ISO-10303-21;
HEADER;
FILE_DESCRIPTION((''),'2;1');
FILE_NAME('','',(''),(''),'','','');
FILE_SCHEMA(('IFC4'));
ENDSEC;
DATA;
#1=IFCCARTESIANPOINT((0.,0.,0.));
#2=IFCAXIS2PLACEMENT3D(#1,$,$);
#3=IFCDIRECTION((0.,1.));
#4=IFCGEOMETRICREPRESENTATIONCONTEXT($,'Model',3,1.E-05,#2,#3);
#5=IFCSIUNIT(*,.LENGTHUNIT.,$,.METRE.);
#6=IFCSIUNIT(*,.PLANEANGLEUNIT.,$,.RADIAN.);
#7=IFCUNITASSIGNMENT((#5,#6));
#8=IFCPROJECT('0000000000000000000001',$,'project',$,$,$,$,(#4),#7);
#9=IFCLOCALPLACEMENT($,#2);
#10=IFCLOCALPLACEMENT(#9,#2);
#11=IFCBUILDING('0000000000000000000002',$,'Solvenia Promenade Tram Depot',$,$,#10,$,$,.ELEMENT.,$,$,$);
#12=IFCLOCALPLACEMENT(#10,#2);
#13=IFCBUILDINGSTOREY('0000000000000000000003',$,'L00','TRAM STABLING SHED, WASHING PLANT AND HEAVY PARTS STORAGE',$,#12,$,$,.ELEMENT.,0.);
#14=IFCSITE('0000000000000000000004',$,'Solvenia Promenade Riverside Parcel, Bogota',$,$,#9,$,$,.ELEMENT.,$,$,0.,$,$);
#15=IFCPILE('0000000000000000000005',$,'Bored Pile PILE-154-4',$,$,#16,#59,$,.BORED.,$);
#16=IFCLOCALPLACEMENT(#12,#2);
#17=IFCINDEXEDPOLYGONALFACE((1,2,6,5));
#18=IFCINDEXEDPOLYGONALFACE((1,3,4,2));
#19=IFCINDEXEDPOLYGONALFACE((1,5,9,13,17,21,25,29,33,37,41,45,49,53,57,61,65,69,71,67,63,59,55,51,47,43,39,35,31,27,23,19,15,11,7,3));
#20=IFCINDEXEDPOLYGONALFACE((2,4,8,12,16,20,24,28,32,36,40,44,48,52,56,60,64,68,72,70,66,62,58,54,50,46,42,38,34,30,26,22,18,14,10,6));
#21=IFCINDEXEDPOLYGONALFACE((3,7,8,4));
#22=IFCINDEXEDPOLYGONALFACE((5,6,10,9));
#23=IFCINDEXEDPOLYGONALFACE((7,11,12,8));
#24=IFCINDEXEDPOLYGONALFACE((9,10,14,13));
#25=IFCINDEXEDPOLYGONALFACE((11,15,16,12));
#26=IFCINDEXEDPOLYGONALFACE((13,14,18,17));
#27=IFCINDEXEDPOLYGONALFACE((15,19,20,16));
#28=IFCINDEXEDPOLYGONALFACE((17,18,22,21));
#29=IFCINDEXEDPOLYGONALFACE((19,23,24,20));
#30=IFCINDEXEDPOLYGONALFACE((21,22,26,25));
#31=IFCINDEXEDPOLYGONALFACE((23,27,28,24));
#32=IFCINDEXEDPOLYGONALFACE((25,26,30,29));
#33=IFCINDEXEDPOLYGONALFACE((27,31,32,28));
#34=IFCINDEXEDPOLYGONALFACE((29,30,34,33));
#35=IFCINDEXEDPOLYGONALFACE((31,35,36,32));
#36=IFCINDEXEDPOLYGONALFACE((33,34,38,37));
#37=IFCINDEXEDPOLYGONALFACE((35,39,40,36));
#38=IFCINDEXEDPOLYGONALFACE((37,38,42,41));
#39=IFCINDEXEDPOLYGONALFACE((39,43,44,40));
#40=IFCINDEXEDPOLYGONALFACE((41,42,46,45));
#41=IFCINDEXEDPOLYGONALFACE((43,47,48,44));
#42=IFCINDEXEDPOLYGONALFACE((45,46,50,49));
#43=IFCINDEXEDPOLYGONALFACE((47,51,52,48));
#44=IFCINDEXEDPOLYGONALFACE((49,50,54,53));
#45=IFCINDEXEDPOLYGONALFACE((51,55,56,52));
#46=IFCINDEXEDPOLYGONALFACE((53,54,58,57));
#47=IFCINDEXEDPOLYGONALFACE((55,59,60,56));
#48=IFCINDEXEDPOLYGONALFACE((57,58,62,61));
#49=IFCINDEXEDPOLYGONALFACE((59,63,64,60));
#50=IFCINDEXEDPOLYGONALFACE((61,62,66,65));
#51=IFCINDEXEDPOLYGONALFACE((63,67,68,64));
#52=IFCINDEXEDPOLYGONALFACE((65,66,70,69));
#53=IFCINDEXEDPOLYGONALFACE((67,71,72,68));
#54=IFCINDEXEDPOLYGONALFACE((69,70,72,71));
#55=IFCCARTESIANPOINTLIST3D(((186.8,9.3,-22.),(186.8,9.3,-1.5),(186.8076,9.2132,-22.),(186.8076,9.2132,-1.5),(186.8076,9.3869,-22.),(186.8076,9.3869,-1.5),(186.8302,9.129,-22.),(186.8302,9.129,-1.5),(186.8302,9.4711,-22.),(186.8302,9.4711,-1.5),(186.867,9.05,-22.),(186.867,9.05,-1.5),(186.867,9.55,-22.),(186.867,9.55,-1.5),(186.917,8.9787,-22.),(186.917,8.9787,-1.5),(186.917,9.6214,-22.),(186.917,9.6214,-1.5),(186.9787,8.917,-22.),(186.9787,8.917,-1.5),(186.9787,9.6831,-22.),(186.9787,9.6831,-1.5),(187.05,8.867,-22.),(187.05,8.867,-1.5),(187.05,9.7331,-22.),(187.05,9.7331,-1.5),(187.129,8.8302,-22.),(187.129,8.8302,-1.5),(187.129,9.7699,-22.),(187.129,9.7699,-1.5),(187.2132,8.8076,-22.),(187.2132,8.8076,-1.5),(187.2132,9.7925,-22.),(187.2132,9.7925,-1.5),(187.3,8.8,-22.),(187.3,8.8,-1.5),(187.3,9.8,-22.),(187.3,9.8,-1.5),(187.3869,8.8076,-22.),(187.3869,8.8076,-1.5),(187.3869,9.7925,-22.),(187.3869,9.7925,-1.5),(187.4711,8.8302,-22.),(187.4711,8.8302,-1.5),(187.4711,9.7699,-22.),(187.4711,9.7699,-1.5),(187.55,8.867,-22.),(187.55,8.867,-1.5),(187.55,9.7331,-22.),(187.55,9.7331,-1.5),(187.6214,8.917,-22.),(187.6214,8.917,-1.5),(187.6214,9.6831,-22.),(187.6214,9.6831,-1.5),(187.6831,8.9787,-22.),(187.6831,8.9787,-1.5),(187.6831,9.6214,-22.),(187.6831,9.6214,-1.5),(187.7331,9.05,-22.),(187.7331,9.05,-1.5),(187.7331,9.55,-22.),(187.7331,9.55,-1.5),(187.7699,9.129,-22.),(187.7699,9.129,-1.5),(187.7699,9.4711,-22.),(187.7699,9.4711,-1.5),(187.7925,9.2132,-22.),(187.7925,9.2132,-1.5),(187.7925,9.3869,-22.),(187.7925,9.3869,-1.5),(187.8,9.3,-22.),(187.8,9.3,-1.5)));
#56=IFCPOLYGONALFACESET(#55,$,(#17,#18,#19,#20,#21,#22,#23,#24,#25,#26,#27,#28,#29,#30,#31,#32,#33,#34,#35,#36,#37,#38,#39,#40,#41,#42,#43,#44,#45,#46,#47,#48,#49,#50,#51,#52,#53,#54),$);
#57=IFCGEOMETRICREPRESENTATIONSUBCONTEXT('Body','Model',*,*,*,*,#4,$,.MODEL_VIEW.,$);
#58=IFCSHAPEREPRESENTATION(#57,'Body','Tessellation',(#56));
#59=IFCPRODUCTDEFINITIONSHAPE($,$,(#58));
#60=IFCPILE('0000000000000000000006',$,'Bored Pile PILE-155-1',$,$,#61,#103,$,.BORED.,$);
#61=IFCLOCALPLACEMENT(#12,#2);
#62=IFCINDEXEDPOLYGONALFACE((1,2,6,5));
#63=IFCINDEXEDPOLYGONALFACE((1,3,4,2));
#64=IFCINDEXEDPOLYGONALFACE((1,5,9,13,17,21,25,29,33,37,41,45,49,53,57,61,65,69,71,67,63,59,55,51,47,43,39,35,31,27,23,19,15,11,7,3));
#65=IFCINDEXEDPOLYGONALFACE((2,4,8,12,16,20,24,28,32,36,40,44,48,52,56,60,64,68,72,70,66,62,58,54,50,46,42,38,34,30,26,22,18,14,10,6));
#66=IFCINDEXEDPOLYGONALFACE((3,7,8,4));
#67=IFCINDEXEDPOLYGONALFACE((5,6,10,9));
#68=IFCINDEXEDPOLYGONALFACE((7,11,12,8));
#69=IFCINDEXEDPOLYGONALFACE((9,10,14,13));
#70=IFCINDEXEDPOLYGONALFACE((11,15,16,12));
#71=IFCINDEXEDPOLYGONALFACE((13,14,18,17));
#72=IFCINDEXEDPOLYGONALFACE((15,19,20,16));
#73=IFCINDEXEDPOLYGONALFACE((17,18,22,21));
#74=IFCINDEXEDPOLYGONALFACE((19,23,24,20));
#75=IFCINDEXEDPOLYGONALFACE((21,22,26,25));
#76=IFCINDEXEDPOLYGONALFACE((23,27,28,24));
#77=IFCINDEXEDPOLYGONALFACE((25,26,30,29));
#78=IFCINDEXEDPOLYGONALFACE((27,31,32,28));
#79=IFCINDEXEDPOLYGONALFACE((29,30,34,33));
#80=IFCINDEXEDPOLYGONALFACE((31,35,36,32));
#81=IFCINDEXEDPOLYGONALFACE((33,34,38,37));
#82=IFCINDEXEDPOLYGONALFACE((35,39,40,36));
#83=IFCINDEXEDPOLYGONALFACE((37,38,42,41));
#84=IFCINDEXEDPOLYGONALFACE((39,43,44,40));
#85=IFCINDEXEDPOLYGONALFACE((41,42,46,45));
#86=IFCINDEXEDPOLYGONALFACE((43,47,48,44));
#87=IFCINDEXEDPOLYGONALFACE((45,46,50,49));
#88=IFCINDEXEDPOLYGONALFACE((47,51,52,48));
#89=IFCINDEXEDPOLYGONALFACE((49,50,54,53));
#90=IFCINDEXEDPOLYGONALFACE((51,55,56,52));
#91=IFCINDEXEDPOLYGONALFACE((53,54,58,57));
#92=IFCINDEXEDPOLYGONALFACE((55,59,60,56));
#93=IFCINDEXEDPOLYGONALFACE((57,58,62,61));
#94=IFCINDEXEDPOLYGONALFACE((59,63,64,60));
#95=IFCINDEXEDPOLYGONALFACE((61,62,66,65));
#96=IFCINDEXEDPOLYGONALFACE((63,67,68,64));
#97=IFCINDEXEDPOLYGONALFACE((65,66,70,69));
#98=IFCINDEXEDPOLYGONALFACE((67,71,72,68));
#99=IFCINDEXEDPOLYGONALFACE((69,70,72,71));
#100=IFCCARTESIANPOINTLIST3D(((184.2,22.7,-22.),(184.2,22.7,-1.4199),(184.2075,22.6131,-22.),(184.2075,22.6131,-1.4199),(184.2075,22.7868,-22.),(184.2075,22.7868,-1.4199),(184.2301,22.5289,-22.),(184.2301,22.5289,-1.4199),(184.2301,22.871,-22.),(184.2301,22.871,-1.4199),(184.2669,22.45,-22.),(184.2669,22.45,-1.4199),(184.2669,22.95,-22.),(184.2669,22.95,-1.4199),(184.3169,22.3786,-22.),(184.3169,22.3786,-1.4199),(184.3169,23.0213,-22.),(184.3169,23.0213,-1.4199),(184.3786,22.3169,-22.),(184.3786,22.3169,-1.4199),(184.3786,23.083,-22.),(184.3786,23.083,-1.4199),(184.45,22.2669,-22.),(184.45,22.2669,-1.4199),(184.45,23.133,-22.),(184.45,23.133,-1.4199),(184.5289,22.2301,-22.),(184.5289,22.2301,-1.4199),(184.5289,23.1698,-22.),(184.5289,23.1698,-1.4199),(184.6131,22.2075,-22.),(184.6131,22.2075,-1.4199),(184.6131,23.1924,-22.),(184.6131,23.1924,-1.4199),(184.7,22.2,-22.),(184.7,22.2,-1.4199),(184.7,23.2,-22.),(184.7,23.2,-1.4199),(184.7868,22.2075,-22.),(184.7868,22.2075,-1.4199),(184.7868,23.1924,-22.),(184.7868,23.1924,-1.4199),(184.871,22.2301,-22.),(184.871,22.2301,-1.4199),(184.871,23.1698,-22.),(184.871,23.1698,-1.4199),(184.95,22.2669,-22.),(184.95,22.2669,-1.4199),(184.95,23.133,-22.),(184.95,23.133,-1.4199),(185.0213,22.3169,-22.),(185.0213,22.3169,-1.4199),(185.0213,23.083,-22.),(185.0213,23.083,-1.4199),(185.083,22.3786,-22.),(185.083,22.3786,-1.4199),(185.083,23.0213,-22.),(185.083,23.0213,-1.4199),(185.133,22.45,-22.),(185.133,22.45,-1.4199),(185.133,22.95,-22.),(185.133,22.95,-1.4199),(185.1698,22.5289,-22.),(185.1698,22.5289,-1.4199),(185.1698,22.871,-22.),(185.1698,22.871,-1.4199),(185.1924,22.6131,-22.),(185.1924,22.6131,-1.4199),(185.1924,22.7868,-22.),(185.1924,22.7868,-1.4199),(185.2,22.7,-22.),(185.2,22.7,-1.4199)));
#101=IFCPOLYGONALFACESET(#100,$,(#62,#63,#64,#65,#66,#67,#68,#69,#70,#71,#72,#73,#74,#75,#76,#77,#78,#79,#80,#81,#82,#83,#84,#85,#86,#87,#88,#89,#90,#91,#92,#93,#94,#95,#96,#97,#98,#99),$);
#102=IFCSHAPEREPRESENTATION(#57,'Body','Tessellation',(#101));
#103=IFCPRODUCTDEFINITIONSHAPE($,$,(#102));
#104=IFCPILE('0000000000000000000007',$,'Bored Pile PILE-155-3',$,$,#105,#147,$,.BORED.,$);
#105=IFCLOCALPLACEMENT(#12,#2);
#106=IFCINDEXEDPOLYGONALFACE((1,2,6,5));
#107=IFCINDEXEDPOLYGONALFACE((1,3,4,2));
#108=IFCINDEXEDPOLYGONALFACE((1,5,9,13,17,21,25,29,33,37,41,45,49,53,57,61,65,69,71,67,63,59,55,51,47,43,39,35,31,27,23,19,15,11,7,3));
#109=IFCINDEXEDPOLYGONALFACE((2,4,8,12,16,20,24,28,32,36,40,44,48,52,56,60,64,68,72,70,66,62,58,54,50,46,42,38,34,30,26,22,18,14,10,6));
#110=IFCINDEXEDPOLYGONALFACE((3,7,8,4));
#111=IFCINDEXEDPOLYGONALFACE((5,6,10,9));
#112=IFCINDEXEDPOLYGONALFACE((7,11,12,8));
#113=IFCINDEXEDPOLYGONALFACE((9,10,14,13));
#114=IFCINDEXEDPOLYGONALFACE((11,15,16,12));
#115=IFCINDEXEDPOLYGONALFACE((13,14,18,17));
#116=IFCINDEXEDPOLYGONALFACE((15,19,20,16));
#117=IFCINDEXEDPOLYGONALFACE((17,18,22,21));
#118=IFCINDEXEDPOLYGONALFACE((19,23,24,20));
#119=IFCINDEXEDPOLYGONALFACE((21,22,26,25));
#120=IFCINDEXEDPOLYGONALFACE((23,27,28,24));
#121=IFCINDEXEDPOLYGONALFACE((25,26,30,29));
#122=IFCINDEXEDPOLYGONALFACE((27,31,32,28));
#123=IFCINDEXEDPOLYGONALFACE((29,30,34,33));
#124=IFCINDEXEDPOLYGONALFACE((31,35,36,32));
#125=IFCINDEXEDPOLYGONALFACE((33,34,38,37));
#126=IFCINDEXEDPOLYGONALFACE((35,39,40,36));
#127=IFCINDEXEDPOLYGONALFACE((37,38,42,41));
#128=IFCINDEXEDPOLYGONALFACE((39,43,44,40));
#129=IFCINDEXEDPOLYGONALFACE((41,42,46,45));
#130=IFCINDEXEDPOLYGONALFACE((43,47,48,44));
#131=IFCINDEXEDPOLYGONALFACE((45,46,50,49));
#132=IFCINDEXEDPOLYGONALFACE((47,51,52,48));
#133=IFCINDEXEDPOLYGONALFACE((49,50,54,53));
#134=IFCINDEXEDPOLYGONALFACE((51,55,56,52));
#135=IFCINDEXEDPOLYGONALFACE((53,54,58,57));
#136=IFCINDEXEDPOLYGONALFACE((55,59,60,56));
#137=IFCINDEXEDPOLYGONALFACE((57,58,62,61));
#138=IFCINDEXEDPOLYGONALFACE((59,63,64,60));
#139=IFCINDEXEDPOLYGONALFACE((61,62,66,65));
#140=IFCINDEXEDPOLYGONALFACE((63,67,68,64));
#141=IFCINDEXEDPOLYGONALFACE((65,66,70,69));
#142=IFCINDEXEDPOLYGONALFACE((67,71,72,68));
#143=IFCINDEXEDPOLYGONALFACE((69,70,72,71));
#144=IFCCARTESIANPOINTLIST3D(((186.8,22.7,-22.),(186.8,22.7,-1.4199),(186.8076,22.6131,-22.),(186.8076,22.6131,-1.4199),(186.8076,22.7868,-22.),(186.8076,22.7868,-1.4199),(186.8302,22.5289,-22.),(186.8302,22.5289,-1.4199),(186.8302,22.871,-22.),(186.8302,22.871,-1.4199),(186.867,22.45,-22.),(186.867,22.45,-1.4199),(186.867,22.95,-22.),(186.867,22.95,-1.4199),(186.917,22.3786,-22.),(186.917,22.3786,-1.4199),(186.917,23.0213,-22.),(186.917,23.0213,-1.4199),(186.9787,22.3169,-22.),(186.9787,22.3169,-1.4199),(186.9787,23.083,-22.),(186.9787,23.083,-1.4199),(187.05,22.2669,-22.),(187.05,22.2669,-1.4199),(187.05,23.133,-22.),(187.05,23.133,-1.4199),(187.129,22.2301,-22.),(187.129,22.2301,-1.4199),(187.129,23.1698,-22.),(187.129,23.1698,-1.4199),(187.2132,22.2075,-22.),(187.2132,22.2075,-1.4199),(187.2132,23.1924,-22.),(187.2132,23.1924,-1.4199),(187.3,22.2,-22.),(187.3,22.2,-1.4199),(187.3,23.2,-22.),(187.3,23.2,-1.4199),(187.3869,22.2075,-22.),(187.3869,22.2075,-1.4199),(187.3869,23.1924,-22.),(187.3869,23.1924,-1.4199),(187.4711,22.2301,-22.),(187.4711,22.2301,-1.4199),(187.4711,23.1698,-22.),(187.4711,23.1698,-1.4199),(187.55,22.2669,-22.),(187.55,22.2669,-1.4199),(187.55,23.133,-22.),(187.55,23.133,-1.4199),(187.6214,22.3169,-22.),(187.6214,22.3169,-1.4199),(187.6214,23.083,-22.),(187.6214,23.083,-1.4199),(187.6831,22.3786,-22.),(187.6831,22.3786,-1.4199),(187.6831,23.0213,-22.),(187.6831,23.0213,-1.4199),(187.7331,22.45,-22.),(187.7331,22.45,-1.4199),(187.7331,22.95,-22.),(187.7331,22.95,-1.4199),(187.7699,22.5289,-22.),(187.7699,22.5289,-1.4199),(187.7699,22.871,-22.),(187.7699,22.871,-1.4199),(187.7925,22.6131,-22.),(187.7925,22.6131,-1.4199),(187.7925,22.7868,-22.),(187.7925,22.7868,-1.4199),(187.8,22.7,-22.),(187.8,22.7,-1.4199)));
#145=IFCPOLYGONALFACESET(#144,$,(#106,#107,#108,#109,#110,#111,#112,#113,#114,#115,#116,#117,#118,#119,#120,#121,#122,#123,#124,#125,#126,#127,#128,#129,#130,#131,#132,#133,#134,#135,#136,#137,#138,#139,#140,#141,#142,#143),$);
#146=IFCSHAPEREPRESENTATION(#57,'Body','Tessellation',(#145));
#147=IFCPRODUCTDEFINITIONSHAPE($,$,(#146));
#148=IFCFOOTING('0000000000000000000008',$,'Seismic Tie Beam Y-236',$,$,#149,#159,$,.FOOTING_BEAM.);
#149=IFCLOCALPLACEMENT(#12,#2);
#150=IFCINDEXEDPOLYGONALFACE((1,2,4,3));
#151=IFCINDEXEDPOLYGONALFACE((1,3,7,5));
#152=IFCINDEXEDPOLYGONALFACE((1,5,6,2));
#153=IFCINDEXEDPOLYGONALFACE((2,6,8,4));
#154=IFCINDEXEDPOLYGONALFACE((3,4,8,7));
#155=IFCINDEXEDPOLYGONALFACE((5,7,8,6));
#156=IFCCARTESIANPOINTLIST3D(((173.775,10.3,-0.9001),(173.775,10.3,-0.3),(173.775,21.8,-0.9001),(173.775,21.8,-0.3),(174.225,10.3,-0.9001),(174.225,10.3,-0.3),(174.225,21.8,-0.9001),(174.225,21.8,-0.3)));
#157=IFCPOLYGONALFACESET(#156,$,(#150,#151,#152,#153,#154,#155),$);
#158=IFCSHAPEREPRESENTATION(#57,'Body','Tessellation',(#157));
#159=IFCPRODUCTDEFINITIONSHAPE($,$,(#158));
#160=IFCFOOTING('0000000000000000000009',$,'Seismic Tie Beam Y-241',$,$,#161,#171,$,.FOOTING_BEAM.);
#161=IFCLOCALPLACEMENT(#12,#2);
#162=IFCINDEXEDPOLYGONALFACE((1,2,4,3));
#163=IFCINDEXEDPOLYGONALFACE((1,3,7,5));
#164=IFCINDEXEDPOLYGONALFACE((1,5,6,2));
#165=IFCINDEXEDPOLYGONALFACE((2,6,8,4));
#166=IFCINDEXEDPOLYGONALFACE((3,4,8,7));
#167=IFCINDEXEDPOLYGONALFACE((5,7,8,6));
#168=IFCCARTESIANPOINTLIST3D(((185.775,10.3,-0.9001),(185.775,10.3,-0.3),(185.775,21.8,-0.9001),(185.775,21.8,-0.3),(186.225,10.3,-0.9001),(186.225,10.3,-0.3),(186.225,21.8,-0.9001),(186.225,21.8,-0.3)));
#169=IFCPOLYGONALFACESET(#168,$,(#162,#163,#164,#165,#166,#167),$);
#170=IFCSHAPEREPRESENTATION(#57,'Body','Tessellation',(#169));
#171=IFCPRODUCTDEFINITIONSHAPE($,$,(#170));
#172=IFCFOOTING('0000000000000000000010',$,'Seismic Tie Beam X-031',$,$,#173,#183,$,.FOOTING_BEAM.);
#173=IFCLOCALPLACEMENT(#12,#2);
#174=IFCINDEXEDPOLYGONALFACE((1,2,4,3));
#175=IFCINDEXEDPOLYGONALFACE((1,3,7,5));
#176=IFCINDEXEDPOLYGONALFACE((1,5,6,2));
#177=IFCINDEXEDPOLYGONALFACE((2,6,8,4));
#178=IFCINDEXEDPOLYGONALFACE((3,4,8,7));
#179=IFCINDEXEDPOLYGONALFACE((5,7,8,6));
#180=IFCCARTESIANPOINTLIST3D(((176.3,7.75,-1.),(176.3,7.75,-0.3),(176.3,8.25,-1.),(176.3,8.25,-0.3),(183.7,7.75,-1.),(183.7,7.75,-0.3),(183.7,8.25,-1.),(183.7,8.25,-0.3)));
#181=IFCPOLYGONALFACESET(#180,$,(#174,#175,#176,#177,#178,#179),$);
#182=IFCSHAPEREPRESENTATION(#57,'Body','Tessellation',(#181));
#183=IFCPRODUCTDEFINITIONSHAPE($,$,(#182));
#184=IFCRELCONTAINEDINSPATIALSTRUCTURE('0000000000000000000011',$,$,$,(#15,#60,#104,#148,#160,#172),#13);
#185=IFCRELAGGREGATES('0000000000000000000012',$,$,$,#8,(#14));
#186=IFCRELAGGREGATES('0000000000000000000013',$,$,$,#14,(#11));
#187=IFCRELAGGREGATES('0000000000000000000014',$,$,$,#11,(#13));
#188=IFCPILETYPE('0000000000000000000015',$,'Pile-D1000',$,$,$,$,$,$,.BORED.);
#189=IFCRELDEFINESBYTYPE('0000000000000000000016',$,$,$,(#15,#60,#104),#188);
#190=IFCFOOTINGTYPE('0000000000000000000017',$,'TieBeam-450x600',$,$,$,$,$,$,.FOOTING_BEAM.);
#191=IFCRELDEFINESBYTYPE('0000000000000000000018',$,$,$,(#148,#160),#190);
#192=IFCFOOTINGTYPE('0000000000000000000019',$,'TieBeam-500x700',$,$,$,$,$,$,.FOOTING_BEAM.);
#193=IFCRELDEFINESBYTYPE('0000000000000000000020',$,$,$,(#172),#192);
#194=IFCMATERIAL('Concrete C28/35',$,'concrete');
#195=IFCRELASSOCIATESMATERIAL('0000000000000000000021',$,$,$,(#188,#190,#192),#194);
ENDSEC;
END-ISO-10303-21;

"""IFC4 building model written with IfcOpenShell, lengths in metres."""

from ifc_helpers import new_model, si_unit, direction, frame, origin, origin_2d, place, context, subcontext, project, spatial, rectangle, circle, extrude, material, material_profile, profile_set, type_object, element, save


model = new_model("IFC4")

# Units and contexts
model_context = context("Model", 3, precision=1e-05, world=origin(), true_north=direction((0.0, 1.0)))
body_context = subcontext(model_context, "Body", "Model", "MODEL_VIEW")
ifc_project = project(units=[si_unit("LENGTHUNIT", "METRE"), si_unit("PLANEANGLEUNIT", "RADIAN")], contexts=[model_context])

# Site, building, storey
site_placement = place(None, origin())
site = spatial("IfcSite", under=ifc_project, at=site_placement, Name="Solvenia Promenade Riverside Parcel, Bogota", CompositionType="ELEMENT", RefElevation=0.0)
building_placement = place(site_placement, origin())
building = spatial("IfcBuilding", under=site, at=building_placement, Name="Solvenia Promenade Tram Depot", CompositionType="ELEMENT")
storey_placement = place(building_placement, origin())
storey = spatial("IfcBuildingStorey", under=building, at=storey_placement, Name="L00", Description="TRAM STABLING SHED, WASHING PLANT AND HEAVY PARTS STORAGE", CompositionType="ELEMENT", Elevation=0.0)

# Shared definitions
ifc_material_1 = material(Name="Concrete C28/35", Category="concrete")

# Piles
ifc_material_profile_1 = material_profile(ifc_material_1, circle(Radius=0.5, at=origin_2d()), Name="D1000", Category="concrete")
ifc_profile_set_1 = profile_set([ifc_material_profile_1], Name="Concrete C28/35")
pile_type = type_object("IfcPileType", Name="Pile-D1000", PredefinedType="BORED", material=ifc_profile_set_1)
for number, where, z_axis, x_axis, name in (
    (1, (187.3, 9.3, -1.5), (0.0, 0.0, -1.0), (1.0, 0.0, 0.0), "Bored Pile PILE-154-4"),
):
    element("IfcPile", number, at=place(storey_placement, frame(where, z_axis=z_axis, x_axis=x_axis)), inside=storey, type_object=pile_type, Name=name, PredefinedType="BORED", context=body_context, shape_type="SweptSolid", body=[
        extrude(circle(Radius=0.5, at=origin_2d()), origin(), (0.0, 0.0, 1.0), 20.5),
    ])
for number, where, z_axis, x_axis, name in (
    (2, (184.7, 22.7, -1.4199), (0.0, 0.0, -1.0), (1.0, 0.0, 0.0), "Bored Pile PILE-155-1"),
    (3, (187.3, 22.7, -1.4199), (0.0, 0.0, -1.0), (1.0, 0.0, 0.0), "Bored Pile PILE-155-3"),
):
    element("IfcPile", number, at=place(storey_placement, frame(where, z_axis=z_axis, x_axis=x_axis)), inside=storey, type_object=pile_type, Name=name, PredefinedType="BORED", context=body_context, shape_type="SweptSolid", body=[
        extrude(circle(Radius=0.5, at=origin_2d()), origin(), (0.0, 0.0, 1.0), 20.5801),
    ])

# Footings
footing_type_1 = type_object("IfcFootingType", Name="TieBeam-450x600", PredefinedType="FOOTING_BEAM", material=ifc_material_1)
for number, where, z_axis, x_axis, name in (
    (4, (174.0, 16.05, -0.9001), (0.0, 0.0, 1.0), (1.0, 0.0, 0.0), "Seismic Tie Beam Y-236"),
    (5, (186.0, 16.05, -0.9001), (0.0, 0.0, 1.0), (1.0, 0.0, 0.0), "Seismic Tie Beam Y-241"),
):
    element("IfcFooting", number, at=place(storey_placement, frame(where, z_axis=z_axis, x_axis=x_axis)), inside=storey, type_object=footing_type_1, Name=name, PredefinedType="FOOTING_BEAM", context=body_context, shape_type="SweptSolid", body=[
        extrude(rectangle(XDim=0.45, YDim=11.5, at=origin_2d()), origin(), (0.0, 0.0, 1.0), 0.6001),
    ])
footing_type_2 = type_object("IfcFootingType", Name="TieBeam-500x700", PredefinedType="FOOTING_BEAM", material=ifc_material_1)
footing_1_placement = place(storey_placement, frame((180.0, 8.0, -1.0), z_axis=(0.0, 0.0, 1.0), x_axis=(1.0, 0.0, 0.0)))
element("IfcFooting", 6, at=footing_1_placement, inside=storey, type_object=footing_type_2, Name="Seismic Tie Beam X-031", PredefinedType="FOOTING_BEAM", context=body_context, shape_type="SweptSolid", body=[
    extrude(rectangle(XDim=7.3999, YDim=0.5, at=origin_2d()), origin(), (0.0, 0.0, 1.0), 0.7),
])

save(model, "model.ifc")
